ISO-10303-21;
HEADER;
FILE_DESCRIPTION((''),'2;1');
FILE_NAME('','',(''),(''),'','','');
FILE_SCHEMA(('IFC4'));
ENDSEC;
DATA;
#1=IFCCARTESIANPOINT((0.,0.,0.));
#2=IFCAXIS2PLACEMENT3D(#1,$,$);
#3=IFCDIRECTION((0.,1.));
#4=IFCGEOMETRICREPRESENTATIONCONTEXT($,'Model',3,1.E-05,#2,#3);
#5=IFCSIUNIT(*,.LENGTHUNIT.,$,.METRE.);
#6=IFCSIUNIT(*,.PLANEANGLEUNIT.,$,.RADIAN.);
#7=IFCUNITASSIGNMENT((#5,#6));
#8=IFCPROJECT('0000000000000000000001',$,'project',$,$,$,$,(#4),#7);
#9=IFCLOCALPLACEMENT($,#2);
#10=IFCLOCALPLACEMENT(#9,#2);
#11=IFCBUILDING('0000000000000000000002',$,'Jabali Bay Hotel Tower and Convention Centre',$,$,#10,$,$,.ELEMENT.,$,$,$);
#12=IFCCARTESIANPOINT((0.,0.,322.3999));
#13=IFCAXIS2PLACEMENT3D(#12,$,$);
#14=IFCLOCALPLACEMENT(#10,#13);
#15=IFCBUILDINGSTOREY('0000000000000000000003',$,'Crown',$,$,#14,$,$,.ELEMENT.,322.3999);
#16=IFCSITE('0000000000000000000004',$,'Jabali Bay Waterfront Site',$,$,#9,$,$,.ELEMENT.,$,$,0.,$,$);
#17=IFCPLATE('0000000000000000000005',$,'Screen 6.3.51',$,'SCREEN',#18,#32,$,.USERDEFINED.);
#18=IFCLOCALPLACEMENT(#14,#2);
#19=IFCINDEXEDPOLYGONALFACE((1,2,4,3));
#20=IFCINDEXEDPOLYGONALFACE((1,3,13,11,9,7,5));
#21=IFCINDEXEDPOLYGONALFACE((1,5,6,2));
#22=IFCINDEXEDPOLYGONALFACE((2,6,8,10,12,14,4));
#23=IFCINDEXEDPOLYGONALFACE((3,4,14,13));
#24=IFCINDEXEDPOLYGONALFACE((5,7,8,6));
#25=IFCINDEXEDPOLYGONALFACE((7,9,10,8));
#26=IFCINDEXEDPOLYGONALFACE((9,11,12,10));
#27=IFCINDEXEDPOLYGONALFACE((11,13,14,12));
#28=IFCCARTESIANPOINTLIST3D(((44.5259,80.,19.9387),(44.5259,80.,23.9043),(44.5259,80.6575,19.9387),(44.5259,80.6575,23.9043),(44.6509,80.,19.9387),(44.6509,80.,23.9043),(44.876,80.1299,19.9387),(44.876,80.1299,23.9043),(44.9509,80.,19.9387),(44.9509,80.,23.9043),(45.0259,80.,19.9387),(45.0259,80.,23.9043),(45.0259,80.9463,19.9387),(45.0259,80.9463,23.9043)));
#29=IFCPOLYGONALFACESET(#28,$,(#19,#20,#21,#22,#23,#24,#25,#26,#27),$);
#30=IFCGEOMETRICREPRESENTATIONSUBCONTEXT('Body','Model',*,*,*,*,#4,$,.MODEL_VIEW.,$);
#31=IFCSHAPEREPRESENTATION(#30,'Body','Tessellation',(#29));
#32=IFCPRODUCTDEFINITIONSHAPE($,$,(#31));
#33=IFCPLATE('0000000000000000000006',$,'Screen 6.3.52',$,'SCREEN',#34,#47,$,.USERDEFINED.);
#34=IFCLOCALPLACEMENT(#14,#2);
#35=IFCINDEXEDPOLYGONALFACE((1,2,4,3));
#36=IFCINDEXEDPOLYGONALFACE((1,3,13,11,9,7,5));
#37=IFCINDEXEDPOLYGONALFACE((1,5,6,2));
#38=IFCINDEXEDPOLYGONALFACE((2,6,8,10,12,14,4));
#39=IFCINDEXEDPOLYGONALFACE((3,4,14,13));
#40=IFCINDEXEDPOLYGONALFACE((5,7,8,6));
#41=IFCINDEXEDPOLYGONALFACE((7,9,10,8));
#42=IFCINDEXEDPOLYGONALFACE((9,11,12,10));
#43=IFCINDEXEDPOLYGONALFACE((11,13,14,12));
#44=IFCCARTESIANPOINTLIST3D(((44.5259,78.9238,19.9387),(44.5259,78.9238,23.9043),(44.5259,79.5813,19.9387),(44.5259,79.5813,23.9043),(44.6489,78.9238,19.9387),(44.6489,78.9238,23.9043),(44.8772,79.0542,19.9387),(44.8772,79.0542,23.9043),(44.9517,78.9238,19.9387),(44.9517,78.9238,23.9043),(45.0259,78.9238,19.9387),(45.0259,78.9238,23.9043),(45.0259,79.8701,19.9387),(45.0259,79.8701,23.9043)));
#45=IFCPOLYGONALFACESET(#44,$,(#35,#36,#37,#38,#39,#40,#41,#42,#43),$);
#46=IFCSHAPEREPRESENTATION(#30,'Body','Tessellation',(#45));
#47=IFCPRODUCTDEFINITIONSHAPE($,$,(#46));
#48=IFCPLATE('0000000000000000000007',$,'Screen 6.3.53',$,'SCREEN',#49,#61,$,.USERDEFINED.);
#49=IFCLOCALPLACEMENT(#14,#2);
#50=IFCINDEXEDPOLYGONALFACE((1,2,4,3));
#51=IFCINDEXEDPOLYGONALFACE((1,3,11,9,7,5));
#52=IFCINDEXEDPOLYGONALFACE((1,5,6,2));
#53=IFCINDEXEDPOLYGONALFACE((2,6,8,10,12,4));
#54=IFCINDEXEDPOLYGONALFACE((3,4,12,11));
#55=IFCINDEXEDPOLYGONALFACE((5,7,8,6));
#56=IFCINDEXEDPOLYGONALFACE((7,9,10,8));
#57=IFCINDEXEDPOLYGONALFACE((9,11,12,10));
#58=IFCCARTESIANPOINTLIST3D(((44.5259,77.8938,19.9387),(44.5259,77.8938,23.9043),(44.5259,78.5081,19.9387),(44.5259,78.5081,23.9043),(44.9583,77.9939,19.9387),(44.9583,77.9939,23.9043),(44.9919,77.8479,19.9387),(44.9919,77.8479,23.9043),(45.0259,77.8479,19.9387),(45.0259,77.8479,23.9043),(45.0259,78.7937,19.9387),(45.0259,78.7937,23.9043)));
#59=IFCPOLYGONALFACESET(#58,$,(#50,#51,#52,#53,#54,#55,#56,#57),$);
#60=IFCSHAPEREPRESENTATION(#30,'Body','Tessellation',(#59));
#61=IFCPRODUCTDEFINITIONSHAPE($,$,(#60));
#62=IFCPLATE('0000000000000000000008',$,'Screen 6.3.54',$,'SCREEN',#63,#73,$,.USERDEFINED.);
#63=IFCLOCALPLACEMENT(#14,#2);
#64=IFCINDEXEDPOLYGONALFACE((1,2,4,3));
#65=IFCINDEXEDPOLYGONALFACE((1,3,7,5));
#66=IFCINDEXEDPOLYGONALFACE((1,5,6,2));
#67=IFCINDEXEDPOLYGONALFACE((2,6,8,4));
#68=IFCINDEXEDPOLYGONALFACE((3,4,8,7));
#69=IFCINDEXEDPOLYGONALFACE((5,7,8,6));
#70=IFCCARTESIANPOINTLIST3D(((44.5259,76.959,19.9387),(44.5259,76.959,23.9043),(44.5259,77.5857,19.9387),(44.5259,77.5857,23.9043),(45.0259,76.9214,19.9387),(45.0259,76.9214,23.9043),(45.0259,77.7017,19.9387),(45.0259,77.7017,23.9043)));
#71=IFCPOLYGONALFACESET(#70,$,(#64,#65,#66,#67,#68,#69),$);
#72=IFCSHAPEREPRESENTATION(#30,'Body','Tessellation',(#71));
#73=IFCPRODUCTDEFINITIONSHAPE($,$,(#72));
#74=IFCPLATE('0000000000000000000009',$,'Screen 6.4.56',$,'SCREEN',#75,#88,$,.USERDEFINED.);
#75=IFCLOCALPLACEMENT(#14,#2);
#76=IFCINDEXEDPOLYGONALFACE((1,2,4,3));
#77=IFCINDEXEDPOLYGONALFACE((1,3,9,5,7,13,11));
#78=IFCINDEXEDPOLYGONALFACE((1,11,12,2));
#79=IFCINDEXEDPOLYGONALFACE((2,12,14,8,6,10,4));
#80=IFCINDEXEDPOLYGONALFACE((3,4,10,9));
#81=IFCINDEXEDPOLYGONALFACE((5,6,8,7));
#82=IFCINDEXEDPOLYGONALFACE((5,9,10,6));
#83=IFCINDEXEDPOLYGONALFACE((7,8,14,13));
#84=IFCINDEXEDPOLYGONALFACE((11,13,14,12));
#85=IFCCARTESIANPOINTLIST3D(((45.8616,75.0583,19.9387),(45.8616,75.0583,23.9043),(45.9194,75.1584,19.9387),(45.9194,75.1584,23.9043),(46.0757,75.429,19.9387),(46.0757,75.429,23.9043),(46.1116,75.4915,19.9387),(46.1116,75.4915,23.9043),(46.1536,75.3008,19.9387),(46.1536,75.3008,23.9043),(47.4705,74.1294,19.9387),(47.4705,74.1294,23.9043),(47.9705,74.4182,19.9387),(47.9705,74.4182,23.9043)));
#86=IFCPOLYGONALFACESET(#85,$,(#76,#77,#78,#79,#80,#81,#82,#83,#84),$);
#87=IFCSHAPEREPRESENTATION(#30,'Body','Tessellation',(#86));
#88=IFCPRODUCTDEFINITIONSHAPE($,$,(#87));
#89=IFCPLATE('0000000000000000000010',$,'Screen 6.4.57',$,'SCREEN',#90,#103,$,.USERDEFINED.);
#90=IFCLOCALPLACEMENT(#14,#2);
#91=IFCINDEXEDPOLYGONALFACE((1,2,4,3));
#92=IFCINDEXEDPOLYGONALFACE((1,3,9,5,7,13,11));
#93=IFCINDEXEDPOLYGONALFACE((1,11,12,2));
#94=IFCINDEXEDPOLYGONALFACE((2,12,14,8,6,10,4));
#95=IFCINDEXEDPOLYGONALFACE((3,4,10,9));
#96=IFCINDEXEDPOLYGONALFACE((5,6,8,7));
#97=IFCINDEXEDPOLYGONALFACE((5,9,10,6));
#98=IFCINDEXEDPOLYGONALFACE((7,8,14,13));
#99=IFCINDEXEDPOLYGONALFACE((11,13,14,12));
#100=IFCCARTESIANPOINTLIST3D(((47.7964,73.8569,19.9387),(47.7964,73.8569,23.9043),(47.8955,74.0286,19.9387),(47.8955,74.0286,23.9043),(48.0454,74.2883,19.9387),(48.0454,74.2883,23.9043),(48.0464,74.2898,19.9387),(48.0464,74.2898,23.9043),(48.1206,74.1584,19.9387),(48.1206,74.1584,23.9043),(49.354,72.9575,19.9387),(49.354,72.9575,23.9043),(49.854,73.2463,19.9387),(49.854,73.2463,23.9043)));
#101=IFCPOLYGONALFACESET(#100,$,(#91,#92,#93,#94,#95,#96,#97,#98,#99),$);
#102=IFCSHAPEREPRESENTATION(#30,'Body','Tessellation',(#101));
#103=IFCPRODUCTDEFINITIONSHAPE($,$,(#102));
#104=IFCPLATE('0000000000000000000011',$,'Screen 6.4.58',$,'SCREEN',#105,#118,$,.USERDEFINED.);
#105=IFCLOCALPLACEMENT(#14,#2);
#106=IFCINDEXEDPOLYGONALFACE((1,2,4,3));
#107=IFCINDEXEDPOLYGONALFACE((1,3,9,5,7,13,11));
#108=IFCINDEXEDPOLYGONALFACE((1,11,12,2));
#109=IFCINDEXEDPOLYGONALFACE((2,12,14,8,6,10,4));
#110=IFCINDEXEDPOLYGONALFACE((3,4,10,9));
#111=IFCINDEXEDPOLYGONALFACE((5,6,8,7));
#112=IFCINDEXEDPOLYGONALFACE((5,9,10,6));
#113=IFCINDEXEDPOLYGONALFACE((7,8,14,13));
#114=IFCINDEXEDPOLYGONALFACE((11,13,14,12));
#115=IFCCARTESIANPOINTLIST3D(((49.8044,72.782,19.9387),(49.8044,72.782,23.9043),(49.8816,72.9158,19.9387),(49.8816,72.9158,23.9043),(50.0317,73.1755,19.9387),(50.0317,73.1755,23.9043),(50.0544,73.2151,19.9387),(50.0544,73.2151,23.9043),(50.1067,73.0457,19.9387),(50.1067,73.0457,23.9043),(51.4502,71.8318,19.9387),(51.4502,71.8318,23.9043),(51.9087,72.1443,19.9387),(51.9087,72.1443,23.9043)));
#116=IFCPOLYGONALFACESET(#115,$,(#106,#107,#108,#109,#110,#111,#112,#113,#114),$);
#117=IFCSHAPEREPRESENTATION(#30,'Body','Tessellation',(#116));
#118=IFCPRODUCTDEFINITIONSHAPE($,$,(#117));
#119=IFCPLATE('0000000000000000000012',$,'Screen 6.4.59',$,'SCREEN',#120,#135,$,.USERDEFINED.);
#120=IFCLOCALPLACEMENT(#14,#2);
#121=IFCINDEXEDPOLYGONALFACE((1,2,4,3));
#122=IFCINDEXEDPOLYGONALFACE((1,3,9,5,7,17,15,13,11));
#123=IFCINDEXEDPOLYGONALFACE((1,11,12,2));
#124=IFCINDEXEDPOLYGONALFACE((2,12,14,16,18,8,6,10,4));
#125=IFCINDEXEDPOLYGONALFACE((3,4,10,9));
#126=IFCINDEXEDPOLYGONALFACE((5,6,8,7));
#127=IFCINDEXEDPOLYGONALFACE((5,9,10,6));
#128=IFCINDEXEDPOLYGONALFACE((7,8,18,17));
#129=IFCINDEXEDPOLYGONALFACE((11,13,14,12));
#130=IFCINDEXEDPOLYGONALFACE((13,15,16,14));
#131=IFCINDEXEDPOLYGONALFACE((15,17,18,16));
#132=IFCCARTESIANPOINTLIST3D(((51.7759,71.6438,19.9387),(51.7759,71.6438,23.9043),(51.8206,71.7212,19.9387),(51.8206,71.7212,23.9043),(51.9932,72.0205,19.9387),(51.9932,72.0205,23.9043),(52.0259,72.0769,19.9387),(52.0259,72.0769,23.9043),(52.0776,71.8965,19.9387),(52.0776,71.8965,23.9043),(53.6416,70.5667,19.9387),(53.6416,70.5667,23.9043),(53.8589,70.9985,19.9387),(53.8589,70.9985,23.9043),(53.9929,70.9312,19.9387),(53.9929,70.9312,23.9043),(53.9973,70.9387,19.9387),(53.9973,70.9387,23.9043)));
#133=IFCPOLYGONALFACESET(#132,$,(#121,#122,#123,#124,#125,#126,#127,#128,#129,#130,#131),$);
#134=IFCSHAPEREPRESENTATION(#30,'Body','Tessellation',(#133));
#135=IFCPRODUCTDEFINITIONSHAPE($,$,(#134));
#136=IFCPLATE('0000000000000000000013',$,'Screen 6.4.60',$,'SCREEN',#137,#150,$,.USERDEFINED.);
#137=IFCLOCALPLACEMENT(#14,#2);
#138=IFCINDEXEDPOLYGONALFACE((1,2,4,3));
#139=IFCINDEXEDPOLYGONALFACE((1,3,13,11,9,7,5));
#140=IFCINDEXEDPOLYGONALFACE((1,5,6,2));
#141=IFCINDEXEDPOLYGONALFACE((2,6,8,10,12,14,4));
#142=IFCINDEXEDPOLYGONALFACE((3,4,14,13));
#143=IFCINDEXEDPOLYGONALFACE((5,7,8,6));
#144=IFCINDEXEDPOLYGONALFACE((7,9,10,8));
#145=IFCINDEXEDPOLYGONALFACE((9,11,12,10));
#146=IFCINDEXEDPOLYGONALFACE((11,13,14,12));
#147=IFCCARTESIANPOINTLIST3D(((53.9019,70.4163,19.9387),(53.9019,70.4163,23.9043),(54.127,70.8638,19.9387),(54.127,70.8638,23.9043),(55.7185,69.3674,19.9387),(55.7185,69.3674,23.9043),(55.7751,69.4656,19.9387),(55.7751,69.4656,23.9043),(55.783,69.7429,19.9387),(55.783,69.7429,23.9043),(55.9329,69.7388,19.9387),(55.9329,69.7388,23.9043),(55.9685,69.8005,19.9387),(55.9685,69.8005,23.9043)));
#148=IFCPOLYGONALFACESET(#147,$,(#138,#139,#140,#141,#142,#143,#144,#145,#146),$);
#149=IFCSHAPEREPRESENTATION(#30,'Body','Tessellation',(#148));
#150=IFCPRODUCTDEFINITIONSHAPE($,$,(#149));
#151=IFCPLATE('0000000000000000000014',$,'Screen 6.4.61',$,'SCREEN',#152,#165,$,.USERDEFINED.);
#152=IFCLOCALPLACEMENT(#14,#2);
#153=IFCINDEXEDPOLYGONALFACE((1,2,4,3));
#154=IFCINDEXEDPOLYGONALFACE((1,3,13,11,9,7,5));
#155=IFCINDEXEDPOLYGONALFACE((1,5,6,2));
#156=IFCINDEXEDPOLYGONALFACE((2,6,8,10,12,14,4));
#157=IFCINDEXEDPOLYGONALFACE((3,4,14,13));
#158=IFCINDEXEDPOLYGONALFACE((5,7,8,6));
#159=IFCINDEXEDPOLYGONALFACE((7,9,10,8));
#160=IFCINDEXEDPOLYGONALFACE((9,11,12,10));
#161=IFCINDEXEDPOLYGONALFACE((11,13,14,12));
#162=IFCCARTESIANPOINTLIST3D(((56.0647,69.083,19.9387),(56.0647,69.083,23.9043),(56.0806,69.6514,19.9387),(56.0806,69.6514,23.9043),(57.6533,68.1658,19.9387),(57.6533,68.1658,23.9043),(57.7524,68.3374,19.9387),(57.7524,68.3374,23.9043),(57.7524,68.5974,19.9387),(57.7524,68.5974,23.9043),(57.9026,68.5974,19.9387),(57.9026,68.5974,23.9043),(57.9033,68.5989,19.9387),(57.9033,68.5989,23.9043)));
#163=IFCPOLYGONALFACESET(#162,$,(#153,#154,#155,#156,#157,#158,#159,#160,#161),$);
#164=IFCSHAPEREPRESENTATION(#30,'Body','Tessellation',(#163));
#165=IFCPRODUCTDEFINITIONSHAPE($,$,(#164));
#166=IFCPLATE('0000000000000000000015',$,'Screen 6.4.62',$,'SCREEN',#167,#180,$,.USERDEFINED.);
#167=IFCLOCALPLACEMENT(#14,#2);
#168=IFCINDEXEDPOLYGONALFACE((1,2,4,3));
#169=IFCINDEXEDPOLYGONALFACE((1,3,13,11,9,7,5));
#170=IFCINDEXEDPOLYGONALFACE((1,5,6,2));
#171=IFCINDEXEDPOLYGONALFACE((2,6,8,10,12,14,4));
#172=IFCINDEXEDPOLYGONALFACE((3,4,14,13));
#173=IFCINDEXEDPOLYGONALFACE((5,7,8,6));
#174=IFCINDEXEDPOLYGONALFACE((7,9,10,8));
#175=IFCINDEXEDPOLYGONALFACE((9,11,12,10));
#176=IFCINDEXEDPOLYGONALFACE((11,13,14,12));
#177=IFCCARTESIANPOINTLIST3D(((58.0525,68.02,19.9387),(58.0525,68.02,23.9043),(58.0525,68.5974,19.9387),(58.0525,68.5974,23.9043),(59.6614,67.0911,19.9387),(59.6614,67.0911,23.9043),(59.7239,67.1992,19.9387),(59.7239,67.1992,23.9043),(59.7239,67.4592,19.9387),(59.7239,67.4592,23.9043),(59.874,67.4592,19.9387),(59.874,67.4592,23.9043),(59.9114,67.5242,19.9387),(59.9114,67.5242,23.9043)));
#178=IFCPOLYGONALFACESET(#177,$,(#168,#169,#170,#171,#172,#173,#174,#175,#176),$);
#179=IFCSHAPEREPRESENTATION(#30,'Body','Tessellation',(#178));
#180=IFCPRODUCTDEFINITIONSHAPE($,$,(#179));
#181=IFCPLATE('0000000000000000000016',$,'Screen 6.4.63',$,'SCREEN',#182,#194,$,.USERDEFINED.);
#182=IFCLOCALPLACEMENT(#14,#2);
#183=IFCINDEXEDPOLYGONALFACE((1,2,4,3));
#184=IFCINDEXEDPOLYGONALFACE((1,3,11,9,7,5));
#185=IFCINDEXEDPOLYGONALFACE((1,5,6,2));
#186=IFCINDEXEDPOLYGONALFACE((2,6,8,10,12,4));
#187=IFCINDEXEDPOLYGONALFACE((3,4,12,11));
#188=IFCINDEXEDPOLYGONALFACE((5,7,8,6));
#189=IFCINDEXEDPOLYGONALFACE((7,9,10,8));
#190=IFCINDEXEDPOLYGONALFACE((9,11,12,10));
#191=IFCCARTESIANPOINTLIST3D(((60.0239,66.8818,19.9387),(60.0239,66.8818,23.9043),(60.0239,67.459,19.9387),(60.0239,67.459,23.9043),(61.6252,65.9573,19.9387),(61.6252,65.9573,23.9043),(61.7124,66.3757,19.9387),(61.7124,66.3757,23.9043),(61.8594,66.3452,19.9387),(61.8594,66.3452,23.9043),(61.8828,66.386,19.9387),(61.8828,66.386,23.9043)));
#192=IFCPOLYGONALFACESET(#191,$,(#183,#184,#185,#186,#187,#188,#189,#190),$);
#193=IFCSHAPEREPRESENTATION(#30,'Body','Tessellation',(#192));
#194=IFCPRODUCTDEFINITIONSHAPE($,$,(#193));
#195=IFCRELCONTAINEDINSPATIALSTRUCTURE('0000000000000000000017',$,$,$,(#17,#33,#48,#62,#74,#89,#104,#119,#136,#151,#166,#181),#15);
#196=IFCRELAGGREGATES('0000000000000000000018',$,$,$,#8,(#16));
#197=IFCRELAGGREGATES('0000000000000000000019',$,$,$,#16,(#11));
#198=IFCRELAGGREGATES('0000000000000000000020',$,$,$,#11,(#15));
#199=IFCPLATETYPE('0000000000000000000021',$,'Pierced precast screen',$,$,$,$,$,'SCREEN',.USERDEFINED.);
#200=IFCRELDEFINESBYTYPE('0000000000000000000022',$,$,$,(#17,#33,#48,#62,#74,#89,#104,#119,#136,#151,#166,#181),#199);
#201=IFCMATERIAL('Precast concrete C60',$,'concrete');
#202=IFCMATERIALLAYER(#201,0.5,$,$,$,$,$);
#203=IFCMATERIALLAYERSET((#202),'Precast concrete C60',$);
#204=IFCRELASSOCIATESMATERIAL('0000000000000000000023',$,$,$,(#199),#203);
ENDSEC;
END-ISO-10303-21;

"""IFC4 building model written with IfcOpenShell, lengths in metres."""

from ifc_helpers import new_model, si_unit, direction, frame, origin, place, context, subcontext, project, spatial, polyline, outline, extrude, material, layer, layer_set, type_object, element, save


model = new_model("IFC4")

# Units and contexts
model_context = context("Model", 3, precision=1e-05, world=origin(), true_north=direction((0.0, 1.0)))
body_context = subcontext(model_context, "Body", "Model", "MODEL_VIEW")
ifc_project = project(units=[si_unit("LENGTHUNIT", "METRE"), si_unit("PLANEANGLEUNIT", "RADIAN")], contexts=[model_context])

# Site, building, storey
site_placement = place(None, origin())
site = spatial("IfcSite", under=ifc_project, at=site_placement, Name="Jabali Bay Waterfront Site", CompositionType="ELEMENT", RefElevation=0.0)
building_placement = place(site_placement, origin())
building = spatial("IfcBuilding", under=site, at=building_placement, Name="Jabali Bay Hotel Tower and Convention Centre", CompositionType="ELEMENT")
storey_placement = place(building_placement, frame((0.0, 0.0, 322.3999)))
storey = spatial("IfcBuildingStorey", under=building, at=storey_placement, Name="Crown", CompositionType="ELEMENT", Elevation=322.3999)

# Plates
ifc_material = material(Name="Precast concrete C60", Category="concrete")
ifc_layer = layer(ifc_material, 0.5)
ifc_layer_set = layer_set([ifc_layer], Name="Precast concrete C60")
plate_type = type_object("IfcPlateType", Name="Pierced precast screen", ElementType="SCREEN", PredefinedType="USERDEFINED", material=ifc_layer_set)
plate_1_placement = place(storey_placement, frame((0.0, 0.0, 19.9387)))
element("IfcPlate", 1, at=plate_1_placement, inside=storey, type_object=plate_type, Name="Screen 6.3.51", ObjectType="SCREEN", PredefinedType="USERDEFINED", context=body_context, shape_type="SweptSolid", body=[
    extrude(outline(polyline([(45.0259, 80.0), (45.0259, 80.9463), (44.5259, 80.6575), (44.5259, 80.0), (44.6509, 80.0), (44.876, 80.1299), (44.9509, 80.0), (45.0259, 80.0)])), origin(), (0.0, 0.0, 1.0), 3.9656),
])
plate_2_placement = place(storey_placement, frame((0.0, 0.0, 19.9387)))
element("IfcPlate", 2, at=plate_2_placement, inside=storey, type_object=plate_type, Name="Screen 6.3.52", ObjectType="SCREEN", PredefinedType="USERDEFINED", context=body_context, shape_type="SweptSolid", body=[
    extrude(outline(polyline([(45.0259, 78.9238), (45.0259, 79.8701), (44.5259, 79.5813), (44.5259, 78.9238), (44.6489, 78.9238), (44.8772, 79.0542), (44.9517, 78.9238), (45.0259, 78.9238)])), origin(), (0.0, 0.0, 1.0), 3.9656),
])
plate_3_placement = place(storey_placement, frame((0.0, 0.0, 19.9387)))
element("IfcPlate", 3, at=plate_3_placement, inside=storey, type_object=plate_type, Name="Screen 6.3.53", ObjectType="SCREEN", PredefinedType="USERDEFINED", context=body_context, shape_type="SweptSolid", body=[
    extrude(outline(polyline([(45.0259, 77.8479), (45.0259, 78.7937), (44.5259, 78.5081), (44.5259, 77.8938), (44.9583, 77.9939), (44.9919, 77.8479), (45.0259, 77.8479)])), origin(), (0.0, 0.0, 1.0), 3.9656),
])
plate_4_placement = place(storey_placement, frame((0.0, 0.0, 19.9387)))
element("IfcPlate", 4, at=plate_4_placement, inside=storey, type_object=plate_type, Name="Screen 6.3.54", ObjectType="SCREEN", PredefinedType="USERDEFINED", context=body_context, shape_type="SweptSolid", body=[
    extrude(outline(polyline([(45.0259, 76.9214), (45.0259, 77.7017), (44.5259, 77.5857), (44.5259, 76.959), (45.0259, 76.9214)])), origin(), (0.0, 0.0, 1.0), 3.9656),
])
plate_5_placement = place(storey_placement, frame((0.0, 0.0, 19.9387)))
element("IfcPlate", 5, at=plate_5_placement, inside=storey, type_object=plate_type, Name="Screen 6.4.56", ObjectType="SCREEN", PredefinedType="USERDEFINED", context=body_context, shape_type="SweptSolid", body=[
    extrude(outline(polyline([(47.9705, 74.4182), (46.1116, 75.4915), (46.0757, 75.429), (46.1536, 75.3008), (45.9194, 75.1584), (45.8616, 75.0583), (47.4705, 74.1294), (47.9705, 74.4182)])), origin(), (0.0, 0.0, 1.0), 3.9656),
])
plate_6_placement = place(storey_placement, frame((0.0, 0.0, 19.9387)))
element("IfcPlate", 6, at=plate_6_placement, inside=storey, type_object=plate_type, Name="Screen 6.4.57", ObjectType="SCREEN", PredefinedType="USERDEFINED", context=body_context, shape_type="SweptSolid", body=[
    extrude(outline(polyline([(49.854, 73.2463), (48.0464, 74.2898), (48.0454, 74.2883), (48.1206, 74.1584), (47.8955, 74.0286), (47.7964, 73.8569), (49.354, 72.9575), (49.854, 73.2463)])), origin(), (0.0, 0.0, 1.0), 3.9656),
])
plate_7_placement = place(storey_placement, frame((0.0, 0.0, 19.9387)))
element("IfcPlate", 7, at=plate_7_placement, inside=storey, type_object=plate_type, Name="Screen 6.4.58", ObjectType="SCREEN", PredefinedType="USERDEFINED", context=body_context, shape_type="SweptSolid", body=[
    extrude(outline(polyline([(51.9087, 72.1443), (50.0544, 73.2151), (50.0317, 73.1755), (50.1067, 73.0457), (49.8816, 72.9158), (49.8044, 72.782), (51.4502, 71.8318), (51.9087, 72.1443)])), origin(), (0.0, 0.0, 1.0), 3.9656),
])
plate_8_placement = place(storey_placement, frame((0.0, 0.0, 19.9387)))
element("IfcPlate", 8, at=plate_8_placement, inside=storey, type_object=plate_type, Name="Screen 6.4.59", ObjectType="SCREEN", PredefinedType="USERDEFINED", context=body_context, shape_type="SweptSolid", body=[
    extrude(outline(polyline([(53.9973, 70.9387), (52.0259, 72.0769), (51.9932, 72.0205), (52.0776, 71.8965), (51.8206, 71.7212), (51.7759, 71.6438), (53.6416, 70.5667), (53.8589, 70.9985), (53.9929, 70.9312), (53.9973, 70.9387)])), origin(), (0.0, 0.0, 1.0), 3.9656),
])
plate_9_placement = place(storey_placement, frame((0.0, 0.0, 19.9387)))
element("IfcPlate", 9, at=plate_9_placement, inside=storey, type_object=plate_type, Name="Screen 6.4.60", ObjectType="SCREEN", PredefinedType="USERDEFINED", context=body_context, shape_type="SweptSolid", body=[
    extrude(outline(polyline([(55.9685, 69.8005), (54.127, 70.8638), (53.9019, 70.4163), (55.7185, 69.3674), (55.7751, 69.4656), (55.783, 69.7429), (55.9329, 69.7388), (55.9685, 69.8005)])), origin(), (0.0, 0.0, 1.0), 3.9656),
])
plate_10_placement = place(storey_placement, frame((0.0, 0.0, 19.9387)))
element("IfcPlate", 10, at=plate_10_placement, inside=storey, type_object=plate_type, Name="Screen 6.4.61", ObjectType="SCREEN", PredefinedType="USERDEFINED", context=body_context, shape_type="SweptSolid", body=[
    extrude(outline(polyline([(57.9033, 68.5989), (56.0806, 69.6514), (56.0647, 69.083), (57.6533, 68.1658), (57.7524, 68.3374), (57.7524, 68.5974), (57.9026, 68.5974), (57.9033, 68.5989)])), origin(), (0.0, 0.0, 1.0), 3.9656),
])
plate_11_placement = place(storey_placement, frame((0.0, 0.0, 19.9387)))
element("IfcPlate", 11, at=plate_11_placement, inside=storey, type_object=plate_type, Name="Screen 6.4.62", ObjectType="SCREEN", PredefinedType="USERDEFINED", context=body_context, shape_type="SweptSolid", body=[
    extrude(outline(polyline([(59.9114, 67.5242), (58.0525, 68.5974), (58.0525, 68.02), (59.6614, 67.0911), (59.7239, 67.1992), (59.7239, 67.4592), (59.874, 67.4592), (59.9114, 67.5242)])), origin(), (0.0, 0.0, 1.0), 3.9656),
])
plate_12_placement = place(storey_placement, frame((0.0, 0.0, 19.9387)))
element("IfcPlate", 12, at=plate_12_placement, inside=storey, type_object=plate_type, Name="Screen 6.4.63", ObjectType="SCREEN", PredefinedType="USERDEFINED", context=body_context, shape_type="SweptSolid", body=[
    extrude(outline(polyline([(61.8828, 66.386), (60.0239, 67.459), (60.0239, 66.8818), (61.6252, 65.9573), (61.7124, 66.3757), (61.8594, 66.3452), (61.8828, 66.386)])), origin(), (0.0, 0.0, 1.0), 3.9656),
])

save(model, "model.ifc")
